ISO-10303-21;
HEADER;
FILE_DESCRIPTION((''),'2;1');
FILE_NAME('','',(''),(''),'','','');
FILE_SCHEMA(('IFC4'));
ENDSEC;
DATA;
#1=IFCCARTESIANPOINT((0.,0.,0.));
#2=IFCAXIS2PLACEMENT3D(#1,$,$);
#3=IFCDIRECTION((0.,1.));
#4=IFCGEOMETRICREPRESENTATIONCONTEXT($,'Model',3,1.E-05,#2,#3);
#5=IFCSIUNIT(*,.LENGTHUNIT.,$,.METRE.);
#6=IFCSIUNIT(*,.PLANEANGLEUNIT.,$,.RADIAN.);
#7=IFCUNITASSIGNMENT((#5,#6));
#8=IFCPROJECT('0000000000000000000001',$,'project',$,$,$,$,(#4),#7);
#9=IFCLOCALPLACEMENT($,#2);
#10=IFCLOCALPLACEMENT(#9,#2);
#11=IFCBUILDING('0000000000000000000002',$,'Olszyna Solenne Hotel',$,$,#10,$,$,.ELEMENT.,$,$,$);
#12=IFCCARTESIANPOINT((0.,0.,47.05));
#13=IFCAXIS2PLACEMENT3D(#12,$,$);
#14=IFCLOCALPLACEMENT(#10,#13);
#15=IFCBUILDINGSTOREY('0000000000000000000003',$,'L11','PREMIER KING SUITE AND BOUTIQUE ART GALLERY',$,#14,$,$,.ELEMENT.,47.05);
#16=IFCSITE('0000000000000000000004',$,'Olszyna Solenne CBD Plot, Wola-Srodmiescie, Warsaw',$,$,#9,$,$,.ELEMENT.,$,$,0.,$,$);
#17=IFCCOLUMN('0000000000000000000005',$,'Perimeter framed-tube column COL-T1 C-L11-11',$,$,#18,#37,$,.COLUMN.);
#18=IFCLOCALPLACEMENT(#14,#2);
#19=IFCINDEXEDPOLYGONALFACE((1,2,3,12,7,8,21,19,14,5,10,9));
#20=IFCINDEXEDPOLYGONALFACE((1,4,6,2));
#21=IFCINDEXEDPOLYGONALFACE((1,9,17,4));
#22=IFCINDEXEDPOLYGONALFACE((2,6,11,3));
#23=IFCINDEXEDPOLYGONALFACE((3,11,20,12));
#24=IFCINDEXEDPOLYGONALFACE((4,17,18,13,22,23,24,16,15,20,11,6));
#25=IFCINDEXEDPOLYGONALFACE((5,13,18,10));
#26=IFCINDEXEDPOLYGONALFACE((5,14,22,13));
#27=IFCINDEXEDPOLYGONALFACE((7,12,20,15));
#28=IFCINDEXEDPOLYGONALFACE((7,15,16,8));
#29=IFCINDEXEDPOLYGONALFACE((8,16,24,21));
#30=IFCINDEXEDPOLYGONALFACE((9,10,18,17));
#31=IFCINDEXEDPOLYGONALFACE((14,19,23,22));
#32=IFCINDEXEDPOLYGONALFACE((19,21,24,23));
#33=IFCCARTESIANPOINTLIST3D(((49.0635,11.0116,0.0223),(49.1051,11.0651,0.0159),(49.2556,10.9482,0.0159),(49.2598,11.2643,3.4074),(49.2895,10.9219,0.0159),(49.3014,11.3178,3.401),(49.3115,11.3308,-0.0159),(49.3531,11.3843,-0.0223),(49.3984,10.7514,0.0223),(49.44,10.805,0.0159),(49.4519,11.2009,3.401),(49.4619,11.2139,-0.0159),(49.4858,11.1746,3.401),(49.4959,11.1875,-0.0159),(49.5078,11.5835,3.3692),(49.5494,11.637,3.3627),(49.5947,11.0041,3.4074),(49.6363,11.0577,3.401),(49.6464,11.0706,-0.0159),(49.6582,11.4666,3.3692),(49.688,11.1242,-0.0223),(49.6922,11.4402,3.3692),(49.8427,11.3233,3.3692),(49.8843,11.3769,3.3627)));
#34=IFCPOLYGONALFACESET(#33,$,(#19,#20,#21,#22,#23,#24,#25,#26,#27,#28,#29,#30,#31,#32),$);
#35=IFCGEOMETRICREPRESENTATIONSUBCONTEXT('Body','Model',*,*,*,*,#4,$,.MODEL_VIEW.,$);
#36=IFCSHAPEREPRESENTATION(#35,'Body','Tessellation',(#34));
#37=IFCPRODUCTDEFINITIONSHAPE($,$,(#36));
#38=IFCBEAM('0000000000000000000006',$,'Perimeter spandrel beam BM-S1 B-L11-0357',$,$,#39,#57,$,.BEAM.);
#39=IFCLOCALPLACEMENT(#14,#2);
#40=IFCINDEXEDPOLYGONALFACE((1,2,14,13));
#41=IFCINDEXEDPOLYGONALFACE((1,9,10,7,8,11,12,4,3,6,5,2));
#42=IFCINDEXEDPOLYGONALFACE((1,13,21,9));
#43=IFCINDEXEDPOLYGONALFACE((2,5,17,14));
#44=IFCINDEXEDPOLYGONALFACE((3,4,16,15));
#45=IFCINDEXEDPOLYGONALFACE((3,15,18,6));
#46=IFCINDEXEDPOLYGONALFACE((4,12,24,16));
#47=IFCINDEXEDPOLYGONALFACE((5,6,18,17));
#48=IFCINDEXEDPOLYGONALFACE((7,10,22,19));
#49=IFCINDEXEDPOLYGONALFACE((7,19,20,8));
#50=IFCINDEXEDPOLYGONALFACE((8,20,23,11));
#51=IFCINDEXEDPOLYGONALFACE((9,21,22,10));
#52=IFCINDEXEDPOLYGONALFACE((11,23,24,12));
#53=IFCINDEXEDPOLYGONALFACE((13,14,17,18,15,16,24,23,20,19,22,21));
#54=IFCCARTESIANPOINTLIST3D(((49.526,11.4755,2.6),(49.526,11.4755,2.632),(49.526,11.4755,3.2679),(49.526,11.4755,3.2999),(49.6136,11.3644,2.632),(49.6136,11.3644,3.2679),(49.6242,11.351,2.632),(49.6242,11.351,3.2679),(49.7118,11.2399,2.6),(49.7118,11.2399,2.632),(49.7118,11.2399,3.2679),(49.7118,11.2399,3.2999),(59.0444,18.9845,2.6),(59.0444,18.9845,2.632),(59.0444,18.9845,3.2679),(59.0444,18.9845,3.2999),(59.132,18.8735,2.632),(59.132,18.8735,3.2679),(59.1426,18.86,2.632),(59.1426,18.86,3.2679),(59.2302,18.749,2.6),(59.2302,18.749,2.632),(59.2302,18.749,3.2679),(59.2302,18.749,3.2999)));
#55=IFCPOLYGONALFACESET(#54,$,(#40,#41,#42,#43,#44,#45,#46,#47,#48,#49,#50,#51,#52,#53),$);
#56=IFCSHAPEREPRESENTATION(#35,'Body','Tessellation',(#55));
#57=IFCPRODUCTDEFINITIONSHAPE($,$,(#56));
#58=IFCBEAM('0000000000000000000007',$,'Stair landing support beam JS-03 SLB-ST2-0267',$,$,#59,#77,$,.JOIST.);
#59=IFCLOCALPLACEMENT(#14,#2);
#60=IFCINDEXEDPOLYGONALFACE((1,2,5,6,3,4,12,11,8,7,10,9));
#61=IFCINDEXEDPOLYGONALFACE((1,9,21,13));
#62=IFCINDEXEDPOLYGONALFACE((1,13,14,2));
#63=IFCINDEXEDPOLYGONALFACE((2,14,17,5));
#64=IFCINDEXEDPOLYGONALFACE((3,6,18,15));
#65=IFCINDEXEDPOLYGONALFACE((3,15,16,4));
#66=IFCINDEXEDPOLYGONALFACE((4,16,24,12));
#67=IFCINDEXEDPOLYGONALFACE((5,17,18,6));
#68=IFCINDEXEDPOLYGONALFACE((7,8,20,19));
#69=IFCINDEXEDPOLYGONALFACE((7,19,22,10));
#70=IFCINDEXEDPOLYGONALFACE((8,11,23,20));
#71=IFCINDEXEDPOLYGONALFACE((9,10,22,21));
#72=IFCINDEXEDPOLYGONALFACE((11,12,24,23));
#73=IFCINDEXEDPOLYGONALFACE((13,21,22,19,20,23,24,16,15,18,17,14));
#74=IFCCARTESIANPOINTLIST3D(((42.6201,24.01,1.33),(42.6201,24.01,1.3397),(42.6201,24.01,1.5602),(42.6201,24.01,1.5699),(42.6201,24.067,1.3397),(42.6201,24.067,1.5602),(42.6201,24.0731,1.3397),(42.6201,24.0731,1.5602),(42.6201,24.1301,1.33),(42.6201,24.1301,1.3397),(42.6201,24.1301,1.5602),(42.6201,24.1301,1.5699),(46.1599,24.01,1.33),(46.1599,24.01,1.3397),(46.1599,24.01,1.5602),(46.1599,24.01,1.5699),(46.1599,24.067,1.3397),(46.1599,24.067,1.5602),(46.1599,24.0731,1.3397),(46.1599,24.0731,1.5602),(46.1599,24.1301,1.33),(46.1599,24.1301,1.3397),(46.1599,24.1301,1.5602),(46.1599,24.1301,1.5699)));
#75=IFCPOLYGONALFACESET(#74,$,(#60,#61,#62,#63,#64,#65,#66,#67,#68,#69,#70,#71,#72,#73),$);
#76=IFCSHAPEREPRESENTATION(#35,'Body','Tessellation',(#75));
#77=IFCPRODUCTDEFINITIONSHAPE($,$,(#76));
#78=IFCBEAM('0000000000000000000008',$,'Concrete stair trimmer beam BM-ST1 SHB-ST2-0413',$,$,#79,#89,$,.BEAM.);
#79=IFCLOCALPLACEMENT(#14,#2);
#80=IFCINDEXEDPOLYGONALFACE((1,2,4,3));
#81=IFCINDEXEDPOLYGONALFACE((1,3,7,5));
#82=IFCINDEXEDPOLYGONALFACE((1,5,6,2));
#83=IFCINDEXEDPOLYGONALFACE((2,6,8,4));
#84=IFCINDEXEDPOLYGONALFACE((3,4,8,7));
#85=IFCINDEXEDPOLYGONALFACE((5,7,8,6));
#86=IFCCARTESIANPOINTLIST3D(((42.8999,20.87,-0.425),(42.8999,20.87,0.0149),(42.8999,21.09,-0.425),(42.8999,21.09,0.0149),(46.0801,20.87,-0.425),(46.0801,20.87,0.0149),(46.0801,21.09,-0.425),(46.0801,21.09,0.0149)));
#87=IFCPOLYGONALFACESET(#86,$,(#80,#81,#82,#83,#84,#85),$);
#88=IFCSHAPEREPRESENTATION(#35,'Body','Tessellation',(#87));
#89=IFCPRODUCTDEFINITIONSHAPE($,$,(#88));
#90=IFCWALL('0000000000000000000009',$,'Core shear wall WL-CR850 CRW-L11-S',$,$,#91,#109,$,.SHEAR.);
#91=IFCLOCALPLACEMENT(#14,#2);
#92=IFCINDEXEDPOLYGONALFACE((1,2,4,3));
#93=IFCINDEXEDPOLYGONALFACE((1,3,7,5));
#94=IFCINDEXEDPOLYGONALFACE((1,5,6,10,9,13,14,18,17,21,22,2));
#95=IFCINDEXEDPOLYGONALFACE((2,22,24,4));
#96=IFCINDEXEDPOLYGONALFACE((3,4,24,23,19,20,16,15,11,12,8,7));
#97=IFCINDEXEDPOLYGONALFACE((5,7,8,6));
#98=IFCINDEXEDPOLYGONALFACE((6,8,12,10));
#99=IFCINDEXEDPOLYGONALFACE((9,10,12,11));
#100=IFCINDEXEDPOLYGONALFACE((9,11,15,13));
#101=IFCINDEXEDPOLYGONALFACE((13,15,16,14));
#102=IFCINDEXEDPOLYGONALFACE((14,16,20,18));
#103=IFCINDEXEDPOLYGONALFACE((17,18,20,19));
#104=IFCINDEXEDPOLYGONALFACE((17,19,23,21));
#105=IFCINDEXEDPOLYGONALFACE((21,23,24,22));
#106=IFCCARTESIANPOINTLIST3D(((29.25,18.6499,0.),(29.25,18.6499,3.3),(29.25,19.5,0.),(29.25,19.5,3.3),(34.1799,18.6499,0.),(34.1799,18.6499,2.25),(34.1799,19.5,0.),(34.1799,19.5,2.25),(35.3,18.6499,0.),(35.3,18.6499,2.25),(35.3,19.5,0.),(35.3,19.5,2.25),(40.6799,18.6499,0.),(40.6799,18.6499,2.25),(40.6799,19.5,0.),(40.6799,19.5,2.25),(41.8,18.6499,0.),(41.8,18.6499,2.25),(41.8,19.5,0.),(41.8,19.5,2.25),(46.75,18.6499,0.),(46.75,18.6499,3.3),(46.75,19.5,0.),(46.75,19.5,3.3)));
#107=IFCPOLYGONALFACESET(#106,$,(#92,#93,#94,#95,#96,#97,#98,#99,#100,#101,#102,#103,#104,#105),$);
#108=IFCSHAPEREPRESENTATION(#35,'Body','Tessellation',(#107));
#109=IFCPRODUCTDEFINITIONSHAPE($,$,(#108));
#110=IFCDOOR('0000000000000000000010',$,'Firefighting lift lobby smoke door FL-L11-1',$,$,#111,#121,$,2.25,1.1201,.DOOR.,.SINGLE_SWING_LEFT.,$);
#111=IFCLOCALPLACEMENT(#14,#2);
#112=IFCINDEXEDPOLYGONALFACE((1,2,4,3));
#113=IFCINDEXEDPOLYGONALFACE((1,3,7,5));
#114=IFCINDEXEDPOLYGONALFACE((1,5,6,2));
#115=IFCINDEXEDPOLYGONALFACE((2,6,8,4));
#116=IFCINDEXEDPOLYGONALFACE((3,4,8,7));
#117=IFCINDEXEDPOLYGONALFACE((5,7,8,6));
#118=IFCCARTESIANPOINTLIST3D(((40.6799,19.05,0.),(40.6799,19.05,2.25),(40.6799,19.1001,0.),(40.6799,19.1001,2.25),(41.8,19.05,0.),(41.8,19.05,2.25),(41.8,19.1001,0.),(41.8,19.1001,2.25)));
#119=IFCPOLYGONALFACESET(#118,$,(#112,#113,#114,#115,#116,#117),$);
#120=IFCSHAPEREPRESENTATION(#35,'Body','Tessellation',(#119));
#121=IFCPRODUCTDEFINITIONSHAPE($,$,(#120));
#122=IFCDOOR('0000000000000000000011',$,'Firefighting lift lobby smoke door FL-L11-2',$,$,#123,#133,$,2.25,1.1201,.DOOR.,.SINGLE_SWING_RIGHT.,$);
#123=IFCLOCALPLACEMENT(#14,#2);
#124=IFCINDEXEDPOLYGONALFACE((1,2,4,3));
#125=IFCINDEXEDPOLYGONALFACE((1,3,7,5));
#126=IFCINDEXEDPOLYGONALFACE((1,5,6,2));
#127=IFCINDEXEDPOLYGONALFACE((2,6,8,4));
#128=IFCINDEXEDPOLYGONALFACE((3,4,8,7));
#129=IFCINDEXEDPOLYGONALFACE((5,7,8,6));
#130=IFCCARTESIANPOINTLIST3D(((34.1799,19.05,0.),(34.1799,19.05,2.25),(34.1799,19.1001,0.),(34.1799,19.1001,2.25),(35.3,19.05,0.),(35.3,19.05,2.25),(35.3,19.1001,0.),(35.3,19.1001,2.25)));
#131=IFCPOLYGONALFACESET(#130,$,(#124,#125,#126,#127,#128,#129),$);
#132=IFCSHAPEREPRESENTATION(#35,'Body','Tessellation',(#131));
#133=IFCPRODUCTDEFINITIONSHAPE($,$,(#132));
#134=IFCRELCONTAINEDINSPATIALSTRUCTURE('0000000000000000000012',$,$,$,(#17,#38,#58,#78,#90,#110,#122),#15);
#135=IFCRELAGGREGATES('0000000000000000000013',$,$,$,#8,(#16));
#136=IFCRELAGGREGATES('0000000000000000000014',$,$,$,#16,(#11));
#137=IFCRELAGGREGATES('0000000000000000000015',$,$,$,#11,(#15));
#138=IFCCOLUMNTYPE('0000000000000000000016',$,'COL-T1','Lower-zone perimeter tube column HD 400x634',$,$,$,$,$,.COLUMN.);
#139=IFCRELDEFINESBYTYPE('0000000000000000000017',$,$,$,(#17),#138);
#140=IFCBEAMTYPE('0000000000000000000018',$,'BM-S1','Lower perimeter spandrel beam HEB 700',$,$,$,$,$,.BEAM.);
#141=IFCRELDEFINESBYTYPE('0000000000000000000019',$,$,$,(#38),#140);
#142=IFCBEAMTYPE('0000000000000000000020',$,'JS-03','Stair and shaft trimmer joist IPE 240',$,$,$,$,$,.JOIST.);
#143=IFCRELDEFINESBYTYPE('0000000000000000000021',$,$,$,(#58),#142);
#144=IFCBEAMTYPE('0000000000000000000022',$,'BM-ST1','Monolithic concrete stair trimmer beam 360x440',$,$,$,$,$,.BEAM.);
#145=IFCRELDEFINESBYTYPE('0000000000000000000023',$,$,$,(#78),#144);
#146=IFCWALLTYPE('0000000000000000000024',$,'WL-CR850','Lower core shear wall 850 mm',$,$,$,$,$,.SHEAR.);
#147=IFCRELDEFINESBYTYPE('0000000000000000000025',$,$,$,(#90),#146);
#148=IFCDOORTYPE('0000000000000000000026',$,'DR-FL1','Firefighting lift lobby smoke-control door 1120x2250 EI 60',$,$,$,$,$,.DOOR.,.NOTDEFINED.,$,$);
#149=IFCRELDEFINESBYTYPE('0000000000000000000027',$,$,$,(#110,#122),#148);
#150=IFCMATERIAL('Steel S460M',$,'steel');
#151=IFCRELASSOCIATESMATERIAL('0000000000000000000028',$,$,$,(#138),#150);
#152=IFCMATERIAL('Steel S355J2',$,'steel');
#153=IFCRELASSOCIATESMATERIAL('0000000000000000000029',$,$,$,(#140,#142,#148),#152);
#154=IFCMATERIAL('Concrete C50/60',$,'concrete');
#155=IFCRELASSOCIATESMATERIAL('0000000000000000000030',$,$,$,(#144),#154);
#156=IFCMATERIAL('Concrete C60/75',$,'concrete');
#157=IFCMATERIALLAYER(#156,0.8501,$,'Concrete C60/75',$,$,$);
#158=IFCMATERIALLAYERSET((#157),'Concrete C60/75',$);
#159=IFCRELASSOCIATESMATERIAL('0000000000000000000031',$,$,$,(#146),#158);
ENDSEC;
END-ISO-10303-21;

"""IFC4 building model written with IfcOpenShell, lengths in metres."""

from ifc_helpers import new_model, si_unit, direction, frame, frame_2d, origin, origin_2d, place, context, subcontext, project, spatial, rectangle, i_section, extrude, source, transform, mapped, material, layer, layer_set, material_profile, profile_set, type_object, type_shapes, element, fill, save


model = new_model("IFC4")

# Units and contexts
model_context = context("Model", 3, precision=1e-05, world=origin(), true_north=direction((0.0, 1.0)))
body_context = subcontext(model_context, "Body", "Model", "MODEL_VIEW")
ifc_project = project(units=[si_unit("LENGTHUNIT", "METRE"), si_unit("PLANEANGLEUNIT", "RADIAN")], contexts=[model_context])

# Site, building, storey
site_placement = place(None, origin())
site = spatial("IfcSite", under=ifc_project, at=site_placement, Name="Olszyna Solenne CBD Plot, Wola-Srodmiescie, Warsaw", CompositionType="ELEMENT", RefElevation=0.0)
building_placement = place(site_placement, origin())
building = spatial("IfcBuilding", under=site, at=building_placement, Name="Olszyna Solenne Hotel", CompositionType="ELEMENT")
storey_placement = place(building_placement, frame((0.0, 0.0, 47.05)))
storey = spatial("IfcBuildingStorey", under=building, at=storey_placement, Name="L11", Description="PREMIER KING SUITE AND BOUTIQUE ART GALLERY", CompositionType="ELEMENT", Elevation=47.05)

# Column
ifc_material_1 = material(Name="Steel S460M", Category="steel")
ifc_material_profile_1 = material_profile(ifc_material_1, i_section(OverallWidth=0.4241, OverallDepth=0.4741, WebThickness=0.043, FlangeThickness=0.0681, at=origin_2d()), Name="HD 400x634", Category="load-bearing")
ifc_profile_set_1 = profile_set([ifc_material_profile_1], Name="Steel S460M")
column_type = type_object("IfcColumnType", Name="COL-T1", Description="Lower-zone perimeter tube column HD 400x634", PredefinedType="COLUMN", material=ifc_profile_set_1)
shared_shape_1 = source(origin(), body_context, "Body", "SweptSolid", [
    extrude(i_section(OverallWidth=0.4241, OverallDepth=0.4741, WebThickness=0.043, FlangeThickness=0.0681, at=origin_2d()), origin(), (0.0, 0.0, 1.0), 3.4001),
])
column_placement = place(storey_placement, frame((49.3757, 11.0679, 0.0), z_axis=(0.05773, 0.074317, 0.995562), x_axis=(-0.789722, 0.613465, 0.0)))
element("IfcColumn", 1, at=column_placement, inside=storey, type_object=column_type, Name="Perimeter framed-tube column COL-T1 C-L11-11", PredefinedType="COLUMN", context=body_context, shape_type="MappedRepresentation", body=[
    mapped(shared_shape_1, transform((0.0, 0.0, 0.0), x_axis=(1.0, 0.0, 0.0), y_axis=(0.0, 1.0, 0.0), z_axis=(0.0, 0.0, 1.0), scale=1.0)),
])

# Beams
ifc_material_2 = material(Name="Steel S355J2", Category="steel")
ifc_material_profile_2 = material_profile(ifc_material_2, i_section(OverallWidth=0.3, OverallDepth=0.7, WebThickness=0.0171, FlangeThickness=0.032, at=origin_2d()), Name="HEB 700", Category="load-bearing")
ifc_profile_set_2 = profile_set([ifc_material_profile_2], Name="Steel S355J2")
beam_type_1 = type_object("IfcBeamType", Name="BM-S1", Description="Lower perimeter spandrel beam HEB 700", PredefinedType="BEAM", material=ifc_profile_set_2)
shared_shape_2 = source(origin(), body_context, "Body", "SweptSolid", [
    extrude(i_section(OverallWidth=0.3, OverallDepth=0.7, WebThickness=0.0171, FlangeThickness=0.032, at=origin_2d()), origin(), (0.0, 0.0, 1.0), 12.1238),
])
beam_1_placement = place(storey_placement, frame((49.6189, 11.3577, 2.95), z_axis=(0.7851, 0.619369, 0.0), x_axis=(-0.619369, 0.7851, 0.0)))
element("IfcBeam", 2, at=beam_1_placement, inside=storey, type_object=beam_type_1, Name="Perimeter spandrel beam BM-S1 B-L11-0357", PredefinedType="BEAM", context=body_context, shape_type="MappedRepresentation", body=[
    mapped(shared_shape_2, transform((0.0, 0.0, 0.0), x_axis=(1.0, 0.0, 0.0), y_axis=(0.0, 1.0, 0.0), z_axis=(0.0, 0.0, 1.0), scale=1.0)),
])
ifc_material_profile_3 = material_profile(ifc_material_2, i_section(OverallWidth=0.1201, OverallDepth=0.24, WebThickness=0.0061, FlangeThickness=0.0098, at=origin_2d()), Name="IPE 240", Category="load-bearing")
ifc_profile_set_3 = profile_set([ifc_material_profile_3], Name="Steel S355J2")
beam_type_2 = type_object("IfcBeamType", Name="JS-03", Description="Stair and shaft trimmer joist IPE 240", PredefinedType="JOIST", material=ifc_profile_set_3)
shared_shape_3 = source(origin(), body_context, "Body", "SweptSolid", [
    extrude(i_section(OverallWidth=0.1201, OverallDepth=0.24, WebThickness=0.0061, FlangeThickness=0.0098, at=origin_2d()), origin(), (0.0, 0.0, 1.0), 3.5398),
])
beam_2_placement = place(storey_placement, frame((46.1599, 24.0701, 1.45), z_axis=(-1.0, 0.0, 0.0), x_axis=(0.0, -1.0, 0.0)))
element("IfcBeam", 3, at=beam_2_placement, inside=storey, type_object=beam_type_2, Name="Stair landing support beam JS-03 SLB-ST2-0267", PredefinedType="JOIST", context=body_context, shape_type="MappedRepresentation", body=[
    mapped(shared_shape_3, transform((0.0, 0.0, 0.0), x_axis=(1.0, 0.0, 0.0), y_axis=(0.0, 1.0, 0.0), z_axis=(0.0, 0.0, 1.0), scale=1.0)),
])
ifc_material_3 = material(Name="Concrete C50/60", Category="concrete")
ifc_material_profile_4 = material_profile(ifc_material_3, rectangle(XDim=0.22, YDim=0.4399, at=origin_2d()), Name="RC 220x440", Category="load-bearing")
ifc_profile_set_4 = profile_set([ifc_material_profile_4], Name="Concrete C50/60")
beam_type_3 = type_object("IfcBeamType", Name="BM-ST1", Description="Monolithic concrete stair trimmer beam 360x440", PredefinedType="BEAM", material=ifc_profile_set_4)
shared_shape_4 = source(origin(), body_context, "Body", "SweptSolid", [
    extrude(rectangle(XDim=0.22, YDim=0.4399, at=origin_2d()), origin(), (0.0, 0.0, 1.0), 3.1802),
])
beam_3_placement = place(storey_placement, frame((46.0801, 20.98, -0.2051), z_axis=(-1.0, 0.0, 0.0), x_axis=(0.0, -1.0, 0.0)))
element("IfcBeam", 4, at=beam_3_placement, inside=storey, type_object=beam_type_3, Name="Concrete stair trimmer beam BM-ST1 SHB-ST2-0413", PredefinedType="BEAM", context=body_context, shape_type="MappedRepresentation", body=[
    mapped(shared_shape_4, transform((0.0, 0.0, 0.0), x_axis=(1.0, 0.0, 0.0), y_axis=(0.0, 1.0, 0.0), z_axis=(0.0, 0.0, 1.0), scale=1.0)),
])

# Wall, openings, doors
ifc_material_4 = material(Name="Concrete C60/75", Category="concrete")
ifc_layer_1 = layer(ifc_material_4, 0.8501, Name="Concrete C60/75")
ifc_layer_set_1 = layer_set([ifc_layer_1], Name="Concrete C60/75")
wall_type_1 = type_object("IfcWallType", Name="WL-CR850", Description="Lower core shear wall 850 mm", PredefinedType="SHEAR", material=ifc_layer_set_1)
wall_1_placement = place(storey_placement, frame((46.75, 19.075, 0.0), z_axis=(0.0, 0.0, 1.0), x_axis=(-1.0, 0.0, 0.0)))
wall_1 = element("IfcWall", 5, at=wall_1_placement, inside=storey, type_object=wall_type_1, Name="Core shear wall WL-CR850 CRW-L11-S", PredefinedType="SHEAR", context=body_context, shape_type="SweptSolid", body=[
    extrude(rectangle(XDim=17.5, YDim=0.8501, at=frame_2d((8.75, 0.0))), origin(), (0.0, 0.0, 1.0), 3.3),
])
opening_1_placement = place(wall_1_placement, frame((4.95, 0.0, 0.0)))
opening_1 = element("IfcOpeningElement", 6, at=opening_1_placement, cuts=wall_1, PredefinedType="OPENING", context=body_context, shape_type="SweptSolid", body=[
    extrude(rectangle(XDim=1.1201, YDim=2.25, at=frame_2d((0.5601, 1.125))), frame((0.0, 0.4351, 0.0), z_axis=(0.0, -1.0, 0.0), x_axis=(1.0, 0.0, 0.0)), (0.0, 0.0, 1.0), 0.8701),
])
opening_2_placement = place(wall_1_placement, frame((11.45, 0.0, 0.0)))
opening_2 = element("IfcOpeningElement", 7, at=opening_2_placement, cuts=wall_1, PredefinedType="OPENING", context=body_context, shape_type="SweptSolid", body=[
    extrude(rectangle(XDim=1.1201, YDim=2.25, at=frame_2d((0.5601, 1.125))), frame((0.0, 0.4351, 0.0), z_axis=(0.0, -1.0, 0.0), x_axis=(1.0, 0.0, 0.0)), (0.0, 0.0, 1.0), 0.8701),
])
door_type_1 = type_object("IfcDoorType", Name="DR-FL1", Description="Firefighting lift lobby smoke-control door 1120x2250 EI 60", OperationType="NOTDEFINED", PredefinedType="DOOR", material=ifc_material_2)
shared_shape_5 = source(origin(), body_context, "Body", "SweptSolid", [
    extrude(rectangle(XDim=1.1201, YDim=2.25, at=frame_2d((0.5601, 1.125))), frame((0.0, 0.0249, 0.0), z_axis=(0.0, -1.0, 0.0), x_axis=(1.0, 0.0, 0.0)), (0.0, 0.0, 1.0), 0.05),
])
type_shapes(door_type_1, [shared_shape_5])
door_1_placement = place(opening_1_placement, origin())
door_1 = element("IfcDoor", 8, at=door_1_placement, inside=storey, type_object=door_type_1, Name="Firefighting lift lobby smoke door FL-L11-1", OperationType="SINGLE_SWING_LEFT", OverallHeight=2.25, OverallWidth=1.1201, PredefinedType="DOOR", context=body_context, shape_type="MappedRepresentation", body=[
    mapped(shared_shape_5, transform((0.0, 0.0, 0.0), x_axis=(1.0, 0.0, 0.0), y_axis=(0.0, 1.0, 0.0), z_axis=(0.0, 0.0, 1.0), scale=1.0)),
])
fill(opening_1, door_1)
door_2_placement = place(opening_2_placement, origin())
door_2 = element("IfcDoor", 9, at=door_2_placement, inside=storey, type_object=door_type_1, Name="Firefighting lift lobby smoke door FL-L11-2", OperationType="SINGLE_SWING_RIGHT", OverallHeight=2.25, OverallWidth=1.1201, PredefinedType="DOOR", context=body_context, shape_type="MappedRepresentation", body=[
    mapped(shared_shape_5, transform((0.0, 0.0, 0.0), x_axis=(1.0, 0.0, 0.0), y_axis=(0.0, 1.0, 0.0), z_axis=(0.0, 0.0, 1.0), scale=1.0)),
])
fill(opening_2, door_2)

save(model, "model.ifc")
